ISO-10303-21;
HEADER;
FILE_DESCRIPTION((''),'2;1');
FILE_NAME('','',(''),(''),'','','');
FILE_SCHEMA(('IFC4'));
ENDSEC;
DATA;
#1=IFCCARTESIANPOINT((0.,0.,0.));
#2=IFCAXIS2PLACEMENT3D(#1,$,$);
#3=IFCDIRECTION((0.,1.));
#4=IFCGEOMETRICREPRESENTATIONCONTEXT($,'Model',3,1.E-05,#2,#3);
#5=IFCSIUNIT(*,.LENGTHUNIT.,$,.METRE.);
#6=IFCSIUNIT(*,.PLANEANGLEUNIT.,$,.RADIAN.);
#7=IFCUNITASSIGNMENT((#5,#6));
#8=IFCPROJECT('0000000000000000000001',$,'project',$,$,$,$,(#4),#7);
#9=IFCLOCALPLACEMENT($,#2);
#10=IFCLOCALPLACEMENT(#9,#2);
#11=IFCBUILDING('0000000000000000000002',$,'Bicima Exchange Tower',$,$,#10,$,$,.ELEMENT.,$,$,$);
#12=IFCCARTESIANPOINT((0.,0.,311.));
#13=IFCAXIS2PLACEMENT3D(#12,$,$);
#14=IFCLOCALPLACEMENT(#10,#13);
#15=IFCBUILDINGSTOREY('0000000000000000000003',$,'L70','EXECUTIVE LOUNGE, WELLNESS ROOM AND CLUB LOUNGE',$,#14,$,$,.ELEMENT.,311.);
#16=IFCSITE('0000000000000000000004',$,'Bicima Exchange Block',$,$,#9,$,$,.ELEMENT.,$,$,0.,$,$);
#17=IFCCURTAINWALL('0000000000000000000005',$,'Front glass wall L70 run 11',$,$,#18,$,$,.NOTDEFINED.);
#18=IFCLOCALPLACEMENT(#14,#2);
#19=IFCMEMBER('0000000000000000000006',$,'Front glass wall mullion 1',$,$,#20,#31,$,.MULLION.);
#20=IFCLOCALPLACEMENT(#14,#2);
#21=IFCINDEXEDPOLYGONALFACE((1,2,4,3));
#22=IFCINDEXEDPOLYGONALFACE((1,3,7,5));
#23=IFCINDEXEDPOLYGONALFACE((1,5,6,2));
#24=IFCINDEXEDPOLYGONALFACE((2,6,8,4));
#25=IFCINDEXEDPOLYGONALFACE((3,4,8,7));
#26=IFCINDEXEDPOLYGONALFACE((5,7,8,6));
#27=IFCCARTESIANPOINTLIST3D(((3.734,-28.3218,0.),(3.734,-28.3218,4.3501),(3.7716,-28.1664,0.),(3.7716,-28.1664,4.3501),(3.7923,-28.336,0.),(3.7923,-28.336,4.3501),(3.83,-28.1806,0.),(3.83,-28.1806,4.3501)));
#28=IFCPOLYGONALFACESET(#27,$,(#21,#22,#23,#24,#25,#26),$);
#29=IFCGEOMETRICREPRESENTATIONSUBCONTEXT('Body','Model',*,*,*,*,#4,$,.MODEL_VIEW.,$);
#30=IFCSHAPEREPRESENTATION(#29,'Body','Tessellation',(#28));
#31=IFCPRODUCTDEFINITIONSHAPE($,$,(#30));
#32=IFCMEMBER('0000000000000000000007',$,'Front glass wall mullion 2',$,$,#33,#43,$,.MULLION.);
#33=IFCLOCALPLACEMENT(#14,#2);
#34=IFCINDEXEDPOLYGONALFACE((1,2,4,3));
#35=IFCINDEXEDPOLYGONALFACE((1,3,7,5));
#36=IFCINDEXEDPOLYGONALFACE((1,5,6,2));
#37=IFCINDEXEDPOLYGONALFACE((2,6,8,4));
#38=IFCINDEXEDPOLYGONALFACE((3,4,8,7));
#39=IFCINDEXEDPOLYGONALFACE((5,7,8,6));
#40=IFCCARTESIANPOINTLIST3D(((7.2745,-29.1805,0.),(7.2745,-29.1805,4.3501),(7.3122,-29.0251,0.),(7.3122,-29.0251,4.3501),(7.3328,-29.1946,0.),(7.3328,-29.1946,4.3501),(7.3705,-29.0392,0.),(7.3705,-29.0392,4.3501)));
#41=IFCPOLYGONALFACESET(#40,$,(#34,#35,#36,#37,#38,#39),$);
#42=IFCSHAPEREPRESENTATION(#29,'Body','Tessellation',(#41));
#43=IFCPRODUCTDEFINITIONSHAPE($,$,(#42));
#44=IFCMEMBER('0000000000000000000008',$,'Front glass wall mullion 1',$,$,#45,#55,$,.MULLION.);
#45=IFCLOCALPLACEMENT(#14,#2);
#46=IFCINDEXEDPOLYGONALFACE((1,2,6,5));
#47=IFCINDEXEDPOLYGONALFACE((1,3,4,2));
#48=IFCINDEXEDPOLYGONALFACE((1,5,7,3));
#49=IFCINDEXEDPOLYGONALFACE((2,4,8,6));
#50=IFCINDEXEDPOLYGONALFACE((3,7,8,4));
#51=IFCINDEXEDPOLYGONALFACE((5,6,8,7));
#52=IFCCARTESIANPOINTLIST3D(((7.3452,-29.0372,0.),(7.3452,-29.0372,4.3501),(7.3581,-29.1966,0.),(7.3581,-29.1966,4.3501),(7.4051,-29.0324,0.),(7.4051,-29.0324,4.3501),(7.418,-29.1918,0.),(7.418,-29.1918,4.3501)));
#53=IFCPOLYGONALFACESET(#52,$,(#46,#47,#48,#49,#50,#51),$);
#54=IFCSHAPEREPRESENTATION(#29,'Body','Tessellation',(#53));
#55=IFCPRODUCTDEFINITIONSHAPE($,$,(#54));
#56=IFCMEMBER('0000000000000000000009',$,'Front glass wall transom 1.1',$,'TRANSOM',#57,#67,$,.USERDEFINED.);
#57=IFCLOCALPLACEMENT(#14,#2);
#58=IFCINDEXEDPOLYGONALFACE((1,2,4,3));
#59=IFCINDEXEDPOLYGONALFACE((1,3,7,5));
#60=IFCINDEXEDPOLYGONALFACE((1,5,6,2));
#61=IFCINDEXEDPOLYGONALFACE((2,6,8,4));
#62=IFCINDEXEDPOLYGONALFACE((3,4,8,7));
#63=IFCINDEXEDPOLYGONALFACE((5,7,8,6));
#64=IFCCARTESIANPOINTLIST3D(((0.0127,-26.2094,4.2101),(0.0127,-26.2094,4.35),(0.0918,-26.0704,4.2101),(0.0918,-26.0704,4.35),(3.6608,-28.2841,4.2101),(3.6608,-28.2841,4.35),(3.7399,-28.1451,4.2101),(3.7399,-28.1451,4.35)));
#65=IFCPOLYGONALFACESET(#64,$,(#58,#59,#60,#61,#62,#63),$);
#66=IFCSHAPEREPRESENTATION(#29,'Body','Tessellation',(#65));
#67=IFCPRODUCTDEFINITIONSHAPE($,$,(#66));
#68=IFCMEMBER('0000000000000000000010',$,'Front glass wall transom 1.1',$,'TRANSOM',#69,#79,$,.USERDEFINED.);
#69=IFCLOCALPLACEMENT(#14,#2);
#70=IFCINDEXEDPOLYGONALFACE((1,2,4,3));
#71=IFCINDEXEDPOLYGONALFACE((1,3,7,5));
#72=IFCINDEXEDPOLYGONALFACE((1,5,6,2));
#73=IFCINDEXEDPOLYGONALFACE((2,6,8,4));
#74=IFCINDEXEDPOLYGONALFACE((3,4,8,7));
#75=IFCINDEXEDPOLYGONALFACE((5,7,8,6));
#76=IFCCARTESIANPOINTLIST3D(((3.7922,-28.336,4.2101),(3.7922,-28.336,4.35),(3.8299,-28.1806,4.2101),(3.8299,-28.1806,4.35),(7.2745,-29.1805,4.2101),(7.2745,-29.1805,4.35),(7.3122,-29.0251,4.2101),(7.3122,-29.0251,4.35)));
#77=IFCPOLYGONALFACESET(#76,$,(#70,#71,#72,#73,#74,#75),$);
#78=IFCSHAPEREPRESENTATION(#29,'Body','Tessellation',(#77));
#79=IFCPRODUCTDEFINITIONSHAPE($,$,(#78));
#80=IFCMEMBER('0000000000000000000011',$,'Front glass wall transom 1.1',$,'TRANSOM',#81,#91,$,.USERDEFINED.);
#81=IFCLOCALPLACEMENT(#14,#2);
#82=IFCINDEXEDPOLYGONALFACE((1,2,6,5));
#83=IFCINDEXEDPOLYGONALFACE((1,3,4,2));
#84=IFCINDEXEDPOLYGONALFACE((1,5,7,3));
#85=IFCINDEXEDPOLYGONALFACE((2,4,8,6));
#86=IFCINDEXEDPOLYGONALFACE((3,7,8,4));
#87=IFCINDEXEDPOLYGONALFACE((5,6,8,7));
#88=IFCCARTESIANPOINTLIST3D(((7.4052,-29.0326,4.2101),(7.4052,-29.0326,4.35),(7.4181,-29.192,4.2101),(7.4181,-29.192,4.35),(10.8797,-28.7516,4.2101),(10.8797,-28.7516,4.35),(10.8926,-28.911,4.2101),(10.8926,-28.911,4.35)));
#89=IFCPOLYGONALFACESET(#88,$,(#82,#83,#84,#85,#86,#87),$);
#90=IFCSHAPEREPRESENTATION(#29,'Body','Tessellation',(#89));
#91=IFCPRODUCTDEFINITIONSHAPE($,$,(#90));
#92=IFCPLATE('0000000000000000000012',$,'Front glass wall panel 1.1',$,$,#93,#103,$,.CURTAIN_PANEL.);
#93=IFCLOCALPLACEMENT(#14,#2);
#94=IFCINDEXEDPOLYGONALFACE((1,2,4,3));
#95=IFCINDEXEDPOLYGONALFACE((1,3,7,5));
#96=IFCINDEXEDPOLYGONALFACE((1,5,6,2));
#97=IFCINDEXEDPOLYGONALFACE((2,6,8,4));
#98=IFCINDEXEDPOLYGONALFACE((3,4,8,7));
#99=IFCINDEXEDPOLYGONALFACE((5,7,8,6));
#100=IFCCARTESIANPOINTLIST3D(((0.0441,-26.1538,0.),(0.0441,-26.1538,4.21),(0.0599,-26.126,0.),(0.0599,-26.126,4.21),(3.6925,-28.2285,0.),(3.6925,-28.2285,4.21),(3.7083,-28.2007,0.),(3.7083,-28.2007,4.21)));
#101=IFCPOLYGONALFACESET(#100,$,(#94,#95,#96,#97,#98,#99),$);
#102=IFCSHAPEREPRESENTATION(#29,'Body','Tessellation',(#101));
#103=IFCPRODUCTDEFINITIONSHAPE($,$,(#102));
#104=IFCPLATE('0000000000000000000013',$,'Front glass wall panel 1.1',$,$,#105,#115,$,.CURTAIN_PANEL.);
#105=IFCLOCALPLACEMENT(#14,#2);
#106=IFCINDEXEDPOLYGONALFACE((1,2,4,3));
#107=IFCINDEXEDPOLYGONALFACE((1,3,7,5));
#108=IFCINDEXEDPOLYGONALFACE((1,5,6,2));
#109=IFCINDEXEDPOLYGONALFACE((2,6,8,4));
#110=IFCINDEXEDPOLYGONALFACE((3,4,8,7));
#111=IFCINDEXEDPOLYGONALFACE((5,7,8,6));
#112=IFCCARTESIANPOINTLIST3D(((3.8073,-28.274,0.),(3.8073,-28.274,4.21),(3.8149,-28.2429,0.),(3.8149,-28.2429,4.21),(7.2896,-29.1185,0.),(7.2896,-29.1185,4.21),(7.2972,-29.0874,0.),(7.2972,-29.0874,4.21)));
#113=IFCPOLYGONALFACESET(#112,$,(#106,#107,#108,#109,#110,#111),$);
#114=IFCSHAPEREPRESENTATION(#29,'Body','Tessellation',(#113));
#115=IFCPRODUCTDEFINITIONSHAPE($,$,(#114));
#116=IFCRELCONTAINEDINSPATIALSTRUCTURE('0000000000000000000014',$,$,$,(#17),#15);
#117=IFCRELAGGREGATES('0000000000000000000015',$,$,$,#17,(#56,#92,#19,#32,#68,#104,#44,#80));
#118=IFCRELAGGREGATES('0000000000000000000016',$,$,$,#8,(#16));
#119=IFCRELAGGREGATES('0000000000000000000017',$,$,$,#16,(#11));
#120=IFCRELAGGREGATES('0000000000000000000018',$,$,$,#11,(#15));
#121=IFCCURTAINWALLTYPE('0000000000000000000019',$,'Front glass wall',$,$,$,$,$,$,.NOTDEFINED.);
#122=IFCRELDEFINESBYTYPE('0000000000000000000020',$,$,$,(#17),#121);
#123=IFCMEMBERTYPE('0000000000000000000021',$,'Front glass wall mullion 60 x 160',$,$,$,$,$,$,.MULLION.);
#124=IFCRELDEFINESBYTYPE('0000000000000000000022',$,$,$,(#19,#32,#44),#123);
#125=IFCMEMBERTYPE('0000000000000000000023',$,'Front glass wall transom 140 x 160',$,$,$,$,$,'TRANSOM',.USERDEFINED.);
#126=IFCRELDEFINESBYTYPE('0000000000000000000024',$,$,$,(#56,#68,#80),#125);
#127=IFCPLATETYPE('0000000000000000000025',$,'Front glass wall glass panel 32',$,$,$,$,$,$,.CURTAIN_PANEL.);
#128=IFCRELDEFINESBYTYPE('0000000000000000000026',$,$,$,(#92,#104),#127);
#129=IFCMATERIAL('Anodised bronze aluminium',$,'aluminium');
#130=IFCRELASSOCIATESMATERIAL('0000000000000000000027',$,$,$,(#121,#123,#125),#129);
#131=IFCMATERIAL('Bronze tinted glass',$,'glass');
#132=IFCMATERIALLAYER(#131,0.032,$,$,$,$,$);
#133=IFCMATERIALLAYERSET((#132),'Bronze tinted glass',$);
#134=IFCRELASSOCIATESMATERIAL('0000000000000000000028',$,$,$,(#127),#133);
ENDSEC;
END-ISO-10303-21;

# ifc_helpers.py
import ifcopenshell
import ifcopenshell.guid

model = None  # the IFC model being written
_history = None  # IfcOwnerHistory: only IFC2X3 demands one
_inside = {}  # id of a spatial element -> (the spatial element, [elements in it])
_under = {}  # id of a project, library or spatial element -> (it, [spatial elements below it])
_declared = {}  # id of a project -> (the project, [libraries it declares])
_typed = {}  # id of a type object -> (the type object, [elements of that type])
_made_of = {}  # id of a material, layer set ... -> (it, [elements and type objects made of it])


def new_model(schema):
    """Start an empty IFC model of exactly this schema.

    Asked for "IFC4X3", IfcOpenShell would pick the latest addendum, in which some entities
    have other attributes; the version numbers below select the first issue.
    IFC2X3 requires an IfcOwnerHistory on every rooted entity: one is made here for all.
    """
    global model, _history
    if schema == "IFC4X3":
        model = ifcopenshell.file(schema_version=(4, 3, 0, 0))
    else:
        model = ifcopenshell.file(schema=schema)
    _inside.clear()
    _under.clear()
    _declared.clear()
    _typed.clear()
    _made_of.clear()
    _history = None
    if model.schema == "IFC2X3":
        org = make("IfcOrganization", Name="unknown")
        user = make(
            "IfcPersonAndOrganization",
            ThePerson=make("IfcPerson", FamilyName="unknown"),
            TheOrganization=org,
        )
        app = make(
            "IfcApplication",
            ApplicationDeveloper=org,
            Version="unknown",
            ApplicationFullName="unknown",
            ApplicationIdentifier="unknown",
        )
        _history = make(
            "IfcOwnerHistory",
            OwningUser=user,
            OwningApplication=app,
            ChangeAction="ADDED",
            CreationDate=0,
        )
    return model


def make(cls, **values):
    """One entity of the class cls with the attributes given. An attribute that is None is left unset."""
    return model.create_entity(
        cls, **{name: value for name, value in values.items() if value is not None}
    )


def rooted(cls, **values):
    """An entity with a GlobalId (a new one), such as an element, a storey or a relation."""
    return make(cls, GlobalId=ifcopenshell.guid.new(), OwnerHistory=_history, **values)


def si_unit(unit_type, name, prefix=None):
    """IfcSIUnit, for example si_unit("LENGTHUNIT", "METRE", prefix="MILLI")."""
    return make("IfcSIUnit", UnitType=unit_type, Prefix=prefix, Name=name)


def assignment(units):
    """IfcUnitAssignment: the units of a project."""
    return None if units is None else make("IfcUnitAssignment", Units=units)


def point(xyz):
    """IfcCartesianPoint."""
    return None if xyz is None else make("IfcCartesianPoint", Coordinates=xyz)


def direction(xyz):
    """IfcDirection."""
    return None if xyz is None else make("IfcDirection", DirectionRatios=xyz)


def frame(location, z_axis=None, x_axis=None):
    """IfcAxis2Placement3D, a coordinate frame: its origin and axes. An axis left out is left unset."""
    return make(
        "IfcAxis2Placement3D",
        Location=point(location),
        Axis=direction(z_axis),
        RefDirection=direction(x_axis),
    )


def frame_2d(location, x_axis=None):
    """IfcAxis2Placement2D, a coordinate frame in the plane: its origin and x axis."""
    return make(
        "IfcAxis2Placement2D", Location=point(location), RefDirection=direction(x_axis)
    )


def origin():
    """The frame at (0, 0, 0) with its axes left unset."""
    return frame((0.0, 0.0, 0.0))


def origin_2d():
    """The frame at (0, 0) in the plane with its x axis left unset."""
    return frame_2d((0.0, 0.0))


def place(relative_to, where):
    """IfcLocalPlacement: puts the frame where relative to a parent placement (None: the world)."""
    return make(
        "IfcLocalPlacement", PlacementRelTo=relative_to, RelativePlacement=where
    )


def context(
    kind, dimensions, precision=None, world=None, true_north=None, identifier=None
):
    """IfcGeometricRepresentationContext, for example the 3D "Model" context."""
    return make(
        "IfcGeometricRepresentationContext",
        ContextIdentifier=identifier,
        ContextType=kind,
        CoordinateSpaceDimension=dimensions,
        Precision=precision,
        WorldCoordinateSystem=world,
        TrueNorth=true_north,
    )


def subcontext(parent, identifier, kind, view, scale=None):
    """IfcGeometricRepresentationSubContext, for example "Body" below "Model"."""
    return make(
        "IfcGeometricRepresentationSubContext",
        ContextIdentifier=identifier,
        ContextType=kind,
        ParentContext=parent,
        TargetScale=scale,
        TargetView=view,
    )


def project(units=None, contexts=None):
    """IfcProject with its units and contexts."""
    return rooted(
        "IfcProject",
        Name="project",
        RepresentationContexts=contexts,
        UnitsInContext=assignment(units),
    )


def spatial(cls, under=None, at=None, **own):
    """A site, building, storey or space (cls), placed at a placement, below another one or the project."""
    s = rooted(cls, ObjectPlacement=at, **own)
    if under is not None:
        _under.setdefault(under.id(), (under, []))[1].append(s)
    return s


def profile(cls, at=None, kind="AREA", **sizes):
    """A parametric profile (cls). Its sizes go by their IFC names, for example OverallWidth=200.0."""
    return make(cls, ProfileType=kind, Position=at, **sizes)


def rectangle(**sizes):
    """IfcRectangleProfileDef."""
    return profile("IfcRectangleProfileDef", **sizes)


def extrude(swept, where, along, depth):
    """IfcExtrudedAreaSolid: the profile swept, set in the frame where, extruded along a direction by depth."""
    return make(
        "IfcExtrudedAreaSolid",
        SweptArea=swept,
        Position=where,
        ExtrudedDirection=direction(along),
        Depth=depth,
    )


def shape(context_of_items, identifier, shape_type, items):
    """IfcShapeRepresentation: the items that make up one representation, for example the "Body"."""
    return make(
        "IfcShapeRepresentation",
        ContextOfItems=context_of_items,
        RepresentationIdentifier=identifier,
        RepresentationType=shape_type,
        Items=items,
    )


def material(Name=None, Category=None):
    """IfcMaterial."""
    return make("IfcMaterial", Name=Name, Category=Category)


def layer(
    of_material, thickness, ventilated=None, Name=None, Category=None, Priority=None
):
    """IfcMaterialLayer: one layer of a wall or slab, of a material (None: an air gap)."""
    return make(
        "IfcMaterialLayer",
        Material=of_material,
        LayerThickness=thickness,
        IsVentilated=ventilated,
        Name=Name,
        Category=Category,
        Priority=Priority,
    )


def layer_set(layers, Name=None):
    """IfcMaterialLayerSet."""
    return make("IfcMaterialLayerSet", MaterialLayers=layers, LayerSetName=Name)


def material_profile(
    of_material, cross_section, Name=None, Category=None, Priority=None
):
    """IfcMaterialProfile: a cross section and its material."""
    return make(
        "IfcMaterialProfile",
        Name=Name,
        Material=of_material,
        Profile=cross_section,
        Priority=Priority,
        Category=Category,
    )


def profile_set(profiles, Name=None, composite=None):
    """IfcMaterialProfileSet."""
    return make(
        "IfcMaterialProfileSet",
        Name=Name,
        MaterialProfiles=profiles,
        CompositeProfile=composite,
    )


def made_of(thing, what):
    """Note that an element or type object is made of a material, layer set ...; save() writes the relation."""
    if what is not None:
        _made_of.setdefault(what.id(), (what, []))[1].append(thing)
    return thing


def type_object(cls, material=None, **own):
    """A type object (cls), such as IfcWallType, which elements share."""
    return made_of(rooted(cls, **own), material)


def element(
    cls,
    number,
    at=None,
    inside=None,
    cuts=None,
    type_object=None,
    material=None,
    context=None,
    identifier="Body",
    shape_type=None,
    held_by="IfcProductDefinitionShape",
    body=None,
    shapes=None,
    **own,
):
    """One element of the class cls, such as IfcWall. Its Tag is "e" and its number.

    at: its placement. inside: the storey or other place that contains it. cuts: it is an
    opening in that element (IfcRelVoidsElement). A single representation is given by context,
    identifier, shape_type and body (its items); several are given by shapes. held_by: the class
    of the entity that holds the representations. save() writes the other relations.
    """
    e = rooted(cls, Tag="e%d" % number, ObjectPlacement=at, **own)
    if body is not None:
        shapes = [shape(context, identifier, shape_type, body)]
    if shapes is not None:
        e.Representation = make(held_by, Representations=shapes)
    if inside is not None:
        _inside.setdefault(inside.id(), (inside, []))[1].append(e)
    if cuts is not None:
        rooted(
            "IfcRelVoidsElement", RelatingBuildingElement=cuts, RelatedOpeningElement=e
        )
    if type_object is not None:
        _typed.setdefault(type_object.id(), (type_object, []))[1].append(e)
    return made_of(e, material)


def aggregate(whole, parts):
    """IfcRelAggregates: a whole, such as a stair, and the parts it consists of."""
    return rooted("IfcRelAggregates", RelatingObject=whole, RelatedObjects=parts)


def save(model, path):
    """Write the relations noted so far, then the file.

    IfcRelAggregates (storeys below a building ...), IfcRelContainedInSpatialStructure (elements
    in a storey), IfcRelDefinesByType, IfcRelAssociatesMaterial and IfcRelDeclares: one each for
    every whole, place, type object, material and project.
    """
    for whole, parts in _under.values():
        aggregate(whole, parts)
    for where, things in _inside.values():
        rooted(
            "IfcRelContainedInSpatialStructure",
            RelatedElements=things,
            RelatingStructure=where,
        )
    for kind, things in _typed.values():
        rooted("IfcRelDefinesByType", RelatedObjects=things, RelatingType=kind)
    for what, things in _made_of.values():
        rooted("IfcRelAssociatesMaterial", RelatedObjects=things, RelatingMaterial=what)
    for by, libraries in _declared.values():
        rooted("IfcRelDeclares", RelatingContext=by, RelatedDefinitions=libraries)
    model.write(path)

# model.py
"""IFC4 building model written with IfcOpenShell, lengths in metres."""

from ifc_helpers import new_model, si_unit, direction, frame, origin, origin_2d, place, context, subcontext, project, spatial, rectangle, extrude, material, layer, layer_set, material_profile, profile_set, type_object, element, aggregate, save


model = new_model("IFC4")

# Units and contexts
model_context = context("Model", 3, precision=1e-05, world=origin(), true_north=direction((0.0, 1.0)))
body_context = subcontext(model_context, "Body", "Model", "MODEL_VIEW")
ifc_project = project(units=[si_unit("LENGTHUNIT", "METRE"), si_unit("PLANEANGLEUNIT", "RADIAN")], contexts=[model_context])

# Site, building, storey
site_placement = place(None, origin())
site = spatial("IfcSite", under=ifc_project, at=site_placement, Name="Bicima Exchange Block", CompositionType="ELEMENT", RefElevation=0.0)
building_placement = place(site_placement, origin())
building = spatial("IfcBuilding", under=site, at=building_placement, Name="Bicima Exchange Tower", CompositionType="ELEMENT")
storey_placement = place(building_placement, frame((0.0, 0.0, 311.0)))
storey = spatial("IfcBuildingStorey", under=building, at=storey_placement, Name="L70", Description="EXECUTIVE LOUNGE, WELLNESS ROOM AND CLUB LOUNGE", CompositionType="ELEMENT", Elevation=311.0)

# Curtain wall, members, plates
ifc_material_1 = material(Name="Anodised bronze aluminium", Category="aluminium")
curtain_wall_type = type_object("IfcCurtainWallType", Name="Front glass wall", PredefinedType="NOTDEFINED", material=ifc_material_1)
curtain_wall_placement = place(storey_placement, origin())
curtain_wall = element("IfcCurtainWall", 1, at=curtain_wall_placement, inside=storey, type_object=curtain_wall_type, Name="Front glass wall L70 run 11", PredefinedType="NOTDEFINED")
ifc_material_profile_1 = material_profile(ifc_material_1, rectangle(XDim=0.1599, YDim=0.0601, at=origin_2d()))
ifc_profile_set_1 = profile_set([ifc_material_profile_1], Name="Anodised bronze aluminium")
member_type_1 = type_object("IfcMemberType", Name="Front glass wall mullion 60 x 160", PredefinedType="MULLION", material=ifc_profile_set_1)
member_1_placement = place(storey_placement, frame((3.782, -28.2512, 0.0), z_axis=(0.0, 0.0, 1.0), x_axis=(0.235682, 0.97183, 0.0)))
member_1 = element("IfcMember", 2, at=member_1_placement, type_object=member_type_1, Name="Front glass wall mullion 1", PredefinedType="MULLION", context=body_context, shape_type="SweptSolid", body=[
    extrude(rectangle(XDim=0.1599, YDim=0.0601, at=origin_2d()), origin(), (0.0, 0.0, 1.0), 4.3501),
])
member_2_placement = place(storey_placement, frame((7.3225, -29.1099, 0.0), z_axis=(0.0, 0.0, 1.0), x_axis=(0.235682, 0.97183, 0.0)))
member_2 = element("IfcMember", 3, at=member_2_placement, type_object=member_type_1, Name="Front glass wall mullion 2", PredefinedType="MULLION", context=body_context, shape_type="SweptSolid", body=[
    extrude(rectangle(XDim=0.1599, YDim=0.0601, at=origin_2d()), origin(), (0.0, 0.0, 1.0), 4.3501),
])
member_3_placement = place(storey_placement, frame((7.3816, -29.1145, 0.0), z_axis=(0.0, 0.0, 1.0), x_axis=(-0.080589, 0.996747, 0.0)))
member_3 = element("IfcMember", 4, at=member_3_placement, type_object=member_type_1, Name="Front glass wall mullion 1", PredefinedType="MULLION", context=body_context, shape_type="SweptSolid", body=[
    extrude(rectangle(XDim=0.1599, YDim=0.0601, at=origin_2d()), origin(), (0.0, 0.0, 1.0), 4.3501),
])
ifc_material_profile_2 = material_profile(ifc_material_1, rectangle(XDim=0.1599, YDim=0.1399, at=origin_2d()))
ifc_profile_set_2 = profile_set([ifc_material_profile_2], Name="Anodised bronze aluminium")
member_type_2 = type_object("IfcMemberType", Name="Front glass wall transom 140 x 160", ElementType="TRANSOM", PredefinedType="USERDEFINED", material=ifc_profile_set_2)
member_4_placement = place(storey_placement, frame((0.0522, -26.1399, 4.28), z_axis=(0.869265, -0.494346, 0.0), x_axis=(0.494346, 0.869265, 0.0)))
member_4 = element("IfcMember", 5, at=member_4_placement, type_object=member_type_2, Name="Front glass wall transom 1.1", ObjectType="TRANSOM", PredefinedType="USERDEFINED", context=body_context, shape_type="SweptSolid", body=[
    extrude(rectangle(XDim=0.1599, YDim=0.1399, at=origin_2d()), origin(), (0.0, 0.0, 1.0), 4.1968),
])
member_5_placement = place(storey_placement, frame((3.811, -28.2583, 4.28), z_axis=(0.971834, -0.235668, 0.0), x_axis=(0.235668, 0.971834, 0.0)))
member_5 = element("IfcMember", 6, at=member_5_placement, type_object=member_type_2, Name="Front glass wall transom 1.1", ObjectType="TRANSOM", PredefinedType="USERDEFINED", context=body_context, shape_type="SweptSolid", body=[
    extrude(rectangle(XDim=0.1599, YDim=0.1399, at=origin_2d()), origin(), (0.0, 0.0, 1.0), 3.5833),
])
member_6_placement = place(storey_placement, frame((7.4116, -29.1123, 4.28), z_axis=(0.996746, 0.080611, 0.0), x_axis=(-0.080611, 0.996746, 0.0)))
member_6 = element("IfcMember", 7, at=member_6_placement, type_object=member_type_2, Name="Front glass wall transom 1.1", ObjectType="TRANSOM", PredefinedType="USERDEFINED", context=body_context, shape_type="SweptSolid", body=[
    extrude(rectangle(XDim=0.1599, YDim=0.1399, at=origin_2d()), origin(), (0.0, 0.0, 1.0), 3.4858),
])
ifc_material_2 = material(Name="Bronze tinted glass", Category="glass")
ifc_layer_1 = layer(ifc_material_2, 0.032)
ifc_layer_set_1 = layer_set([ifc_layer_1], Name="Bronze tinted glass")
plate_type = type_object("IfcPlateType", Name="Front glass wall glass panel 32", PredefinedType="CURTAIN_PANEL", material=ifc_layer_set_1)
plate_1_placement = place(storey_placement, frame((1.8762, -27.1772, 0.0), z_axis=(0.0, 0.0, 1.0), x_axis=(0.869274, -0.49433, 0.0)))
plate_1 = element("IfcPlate", 8, at=plate_1_placement, type_object=plate_type, Name="Front glass wall panel 1.1", PredefinedType="CURTAIN_PANEL", context=body_context, shape_type="SweptSolid", body=[
    extrude(rectangle(XDim=4.197, YDim=0.032, at=origin_2d()), origin(), (0.0, 0.0, 1.0), 4.21),
])
plate_2_placement = place(storey_placement, frame((5.5522, -28.6807, 0.0), z_axis=(0.0, 0.0, 1.0), x_axis=(0.97183, -0.235682, 0.0)))
plate_2 = element("IfcPlate", 9, at=plate_2_placement, type_object=plate_type, Name="Front glass wall panel 1.1", PredefinedType="CURTAIN_PANEL", context=body_context, shape_type="SweptSolid", body=[
    extrude(rectangle(XDim=3.5833, YDim=0.032, at=origin_2d()), origin(), (0.0, 0.0, 1.0), 4.21),
])
aggregate(curtain_wall, [member_4, plate_1, member_1, member_2, member_5, plate_2, member_3, member_6])

save(model, "model.ifc")
